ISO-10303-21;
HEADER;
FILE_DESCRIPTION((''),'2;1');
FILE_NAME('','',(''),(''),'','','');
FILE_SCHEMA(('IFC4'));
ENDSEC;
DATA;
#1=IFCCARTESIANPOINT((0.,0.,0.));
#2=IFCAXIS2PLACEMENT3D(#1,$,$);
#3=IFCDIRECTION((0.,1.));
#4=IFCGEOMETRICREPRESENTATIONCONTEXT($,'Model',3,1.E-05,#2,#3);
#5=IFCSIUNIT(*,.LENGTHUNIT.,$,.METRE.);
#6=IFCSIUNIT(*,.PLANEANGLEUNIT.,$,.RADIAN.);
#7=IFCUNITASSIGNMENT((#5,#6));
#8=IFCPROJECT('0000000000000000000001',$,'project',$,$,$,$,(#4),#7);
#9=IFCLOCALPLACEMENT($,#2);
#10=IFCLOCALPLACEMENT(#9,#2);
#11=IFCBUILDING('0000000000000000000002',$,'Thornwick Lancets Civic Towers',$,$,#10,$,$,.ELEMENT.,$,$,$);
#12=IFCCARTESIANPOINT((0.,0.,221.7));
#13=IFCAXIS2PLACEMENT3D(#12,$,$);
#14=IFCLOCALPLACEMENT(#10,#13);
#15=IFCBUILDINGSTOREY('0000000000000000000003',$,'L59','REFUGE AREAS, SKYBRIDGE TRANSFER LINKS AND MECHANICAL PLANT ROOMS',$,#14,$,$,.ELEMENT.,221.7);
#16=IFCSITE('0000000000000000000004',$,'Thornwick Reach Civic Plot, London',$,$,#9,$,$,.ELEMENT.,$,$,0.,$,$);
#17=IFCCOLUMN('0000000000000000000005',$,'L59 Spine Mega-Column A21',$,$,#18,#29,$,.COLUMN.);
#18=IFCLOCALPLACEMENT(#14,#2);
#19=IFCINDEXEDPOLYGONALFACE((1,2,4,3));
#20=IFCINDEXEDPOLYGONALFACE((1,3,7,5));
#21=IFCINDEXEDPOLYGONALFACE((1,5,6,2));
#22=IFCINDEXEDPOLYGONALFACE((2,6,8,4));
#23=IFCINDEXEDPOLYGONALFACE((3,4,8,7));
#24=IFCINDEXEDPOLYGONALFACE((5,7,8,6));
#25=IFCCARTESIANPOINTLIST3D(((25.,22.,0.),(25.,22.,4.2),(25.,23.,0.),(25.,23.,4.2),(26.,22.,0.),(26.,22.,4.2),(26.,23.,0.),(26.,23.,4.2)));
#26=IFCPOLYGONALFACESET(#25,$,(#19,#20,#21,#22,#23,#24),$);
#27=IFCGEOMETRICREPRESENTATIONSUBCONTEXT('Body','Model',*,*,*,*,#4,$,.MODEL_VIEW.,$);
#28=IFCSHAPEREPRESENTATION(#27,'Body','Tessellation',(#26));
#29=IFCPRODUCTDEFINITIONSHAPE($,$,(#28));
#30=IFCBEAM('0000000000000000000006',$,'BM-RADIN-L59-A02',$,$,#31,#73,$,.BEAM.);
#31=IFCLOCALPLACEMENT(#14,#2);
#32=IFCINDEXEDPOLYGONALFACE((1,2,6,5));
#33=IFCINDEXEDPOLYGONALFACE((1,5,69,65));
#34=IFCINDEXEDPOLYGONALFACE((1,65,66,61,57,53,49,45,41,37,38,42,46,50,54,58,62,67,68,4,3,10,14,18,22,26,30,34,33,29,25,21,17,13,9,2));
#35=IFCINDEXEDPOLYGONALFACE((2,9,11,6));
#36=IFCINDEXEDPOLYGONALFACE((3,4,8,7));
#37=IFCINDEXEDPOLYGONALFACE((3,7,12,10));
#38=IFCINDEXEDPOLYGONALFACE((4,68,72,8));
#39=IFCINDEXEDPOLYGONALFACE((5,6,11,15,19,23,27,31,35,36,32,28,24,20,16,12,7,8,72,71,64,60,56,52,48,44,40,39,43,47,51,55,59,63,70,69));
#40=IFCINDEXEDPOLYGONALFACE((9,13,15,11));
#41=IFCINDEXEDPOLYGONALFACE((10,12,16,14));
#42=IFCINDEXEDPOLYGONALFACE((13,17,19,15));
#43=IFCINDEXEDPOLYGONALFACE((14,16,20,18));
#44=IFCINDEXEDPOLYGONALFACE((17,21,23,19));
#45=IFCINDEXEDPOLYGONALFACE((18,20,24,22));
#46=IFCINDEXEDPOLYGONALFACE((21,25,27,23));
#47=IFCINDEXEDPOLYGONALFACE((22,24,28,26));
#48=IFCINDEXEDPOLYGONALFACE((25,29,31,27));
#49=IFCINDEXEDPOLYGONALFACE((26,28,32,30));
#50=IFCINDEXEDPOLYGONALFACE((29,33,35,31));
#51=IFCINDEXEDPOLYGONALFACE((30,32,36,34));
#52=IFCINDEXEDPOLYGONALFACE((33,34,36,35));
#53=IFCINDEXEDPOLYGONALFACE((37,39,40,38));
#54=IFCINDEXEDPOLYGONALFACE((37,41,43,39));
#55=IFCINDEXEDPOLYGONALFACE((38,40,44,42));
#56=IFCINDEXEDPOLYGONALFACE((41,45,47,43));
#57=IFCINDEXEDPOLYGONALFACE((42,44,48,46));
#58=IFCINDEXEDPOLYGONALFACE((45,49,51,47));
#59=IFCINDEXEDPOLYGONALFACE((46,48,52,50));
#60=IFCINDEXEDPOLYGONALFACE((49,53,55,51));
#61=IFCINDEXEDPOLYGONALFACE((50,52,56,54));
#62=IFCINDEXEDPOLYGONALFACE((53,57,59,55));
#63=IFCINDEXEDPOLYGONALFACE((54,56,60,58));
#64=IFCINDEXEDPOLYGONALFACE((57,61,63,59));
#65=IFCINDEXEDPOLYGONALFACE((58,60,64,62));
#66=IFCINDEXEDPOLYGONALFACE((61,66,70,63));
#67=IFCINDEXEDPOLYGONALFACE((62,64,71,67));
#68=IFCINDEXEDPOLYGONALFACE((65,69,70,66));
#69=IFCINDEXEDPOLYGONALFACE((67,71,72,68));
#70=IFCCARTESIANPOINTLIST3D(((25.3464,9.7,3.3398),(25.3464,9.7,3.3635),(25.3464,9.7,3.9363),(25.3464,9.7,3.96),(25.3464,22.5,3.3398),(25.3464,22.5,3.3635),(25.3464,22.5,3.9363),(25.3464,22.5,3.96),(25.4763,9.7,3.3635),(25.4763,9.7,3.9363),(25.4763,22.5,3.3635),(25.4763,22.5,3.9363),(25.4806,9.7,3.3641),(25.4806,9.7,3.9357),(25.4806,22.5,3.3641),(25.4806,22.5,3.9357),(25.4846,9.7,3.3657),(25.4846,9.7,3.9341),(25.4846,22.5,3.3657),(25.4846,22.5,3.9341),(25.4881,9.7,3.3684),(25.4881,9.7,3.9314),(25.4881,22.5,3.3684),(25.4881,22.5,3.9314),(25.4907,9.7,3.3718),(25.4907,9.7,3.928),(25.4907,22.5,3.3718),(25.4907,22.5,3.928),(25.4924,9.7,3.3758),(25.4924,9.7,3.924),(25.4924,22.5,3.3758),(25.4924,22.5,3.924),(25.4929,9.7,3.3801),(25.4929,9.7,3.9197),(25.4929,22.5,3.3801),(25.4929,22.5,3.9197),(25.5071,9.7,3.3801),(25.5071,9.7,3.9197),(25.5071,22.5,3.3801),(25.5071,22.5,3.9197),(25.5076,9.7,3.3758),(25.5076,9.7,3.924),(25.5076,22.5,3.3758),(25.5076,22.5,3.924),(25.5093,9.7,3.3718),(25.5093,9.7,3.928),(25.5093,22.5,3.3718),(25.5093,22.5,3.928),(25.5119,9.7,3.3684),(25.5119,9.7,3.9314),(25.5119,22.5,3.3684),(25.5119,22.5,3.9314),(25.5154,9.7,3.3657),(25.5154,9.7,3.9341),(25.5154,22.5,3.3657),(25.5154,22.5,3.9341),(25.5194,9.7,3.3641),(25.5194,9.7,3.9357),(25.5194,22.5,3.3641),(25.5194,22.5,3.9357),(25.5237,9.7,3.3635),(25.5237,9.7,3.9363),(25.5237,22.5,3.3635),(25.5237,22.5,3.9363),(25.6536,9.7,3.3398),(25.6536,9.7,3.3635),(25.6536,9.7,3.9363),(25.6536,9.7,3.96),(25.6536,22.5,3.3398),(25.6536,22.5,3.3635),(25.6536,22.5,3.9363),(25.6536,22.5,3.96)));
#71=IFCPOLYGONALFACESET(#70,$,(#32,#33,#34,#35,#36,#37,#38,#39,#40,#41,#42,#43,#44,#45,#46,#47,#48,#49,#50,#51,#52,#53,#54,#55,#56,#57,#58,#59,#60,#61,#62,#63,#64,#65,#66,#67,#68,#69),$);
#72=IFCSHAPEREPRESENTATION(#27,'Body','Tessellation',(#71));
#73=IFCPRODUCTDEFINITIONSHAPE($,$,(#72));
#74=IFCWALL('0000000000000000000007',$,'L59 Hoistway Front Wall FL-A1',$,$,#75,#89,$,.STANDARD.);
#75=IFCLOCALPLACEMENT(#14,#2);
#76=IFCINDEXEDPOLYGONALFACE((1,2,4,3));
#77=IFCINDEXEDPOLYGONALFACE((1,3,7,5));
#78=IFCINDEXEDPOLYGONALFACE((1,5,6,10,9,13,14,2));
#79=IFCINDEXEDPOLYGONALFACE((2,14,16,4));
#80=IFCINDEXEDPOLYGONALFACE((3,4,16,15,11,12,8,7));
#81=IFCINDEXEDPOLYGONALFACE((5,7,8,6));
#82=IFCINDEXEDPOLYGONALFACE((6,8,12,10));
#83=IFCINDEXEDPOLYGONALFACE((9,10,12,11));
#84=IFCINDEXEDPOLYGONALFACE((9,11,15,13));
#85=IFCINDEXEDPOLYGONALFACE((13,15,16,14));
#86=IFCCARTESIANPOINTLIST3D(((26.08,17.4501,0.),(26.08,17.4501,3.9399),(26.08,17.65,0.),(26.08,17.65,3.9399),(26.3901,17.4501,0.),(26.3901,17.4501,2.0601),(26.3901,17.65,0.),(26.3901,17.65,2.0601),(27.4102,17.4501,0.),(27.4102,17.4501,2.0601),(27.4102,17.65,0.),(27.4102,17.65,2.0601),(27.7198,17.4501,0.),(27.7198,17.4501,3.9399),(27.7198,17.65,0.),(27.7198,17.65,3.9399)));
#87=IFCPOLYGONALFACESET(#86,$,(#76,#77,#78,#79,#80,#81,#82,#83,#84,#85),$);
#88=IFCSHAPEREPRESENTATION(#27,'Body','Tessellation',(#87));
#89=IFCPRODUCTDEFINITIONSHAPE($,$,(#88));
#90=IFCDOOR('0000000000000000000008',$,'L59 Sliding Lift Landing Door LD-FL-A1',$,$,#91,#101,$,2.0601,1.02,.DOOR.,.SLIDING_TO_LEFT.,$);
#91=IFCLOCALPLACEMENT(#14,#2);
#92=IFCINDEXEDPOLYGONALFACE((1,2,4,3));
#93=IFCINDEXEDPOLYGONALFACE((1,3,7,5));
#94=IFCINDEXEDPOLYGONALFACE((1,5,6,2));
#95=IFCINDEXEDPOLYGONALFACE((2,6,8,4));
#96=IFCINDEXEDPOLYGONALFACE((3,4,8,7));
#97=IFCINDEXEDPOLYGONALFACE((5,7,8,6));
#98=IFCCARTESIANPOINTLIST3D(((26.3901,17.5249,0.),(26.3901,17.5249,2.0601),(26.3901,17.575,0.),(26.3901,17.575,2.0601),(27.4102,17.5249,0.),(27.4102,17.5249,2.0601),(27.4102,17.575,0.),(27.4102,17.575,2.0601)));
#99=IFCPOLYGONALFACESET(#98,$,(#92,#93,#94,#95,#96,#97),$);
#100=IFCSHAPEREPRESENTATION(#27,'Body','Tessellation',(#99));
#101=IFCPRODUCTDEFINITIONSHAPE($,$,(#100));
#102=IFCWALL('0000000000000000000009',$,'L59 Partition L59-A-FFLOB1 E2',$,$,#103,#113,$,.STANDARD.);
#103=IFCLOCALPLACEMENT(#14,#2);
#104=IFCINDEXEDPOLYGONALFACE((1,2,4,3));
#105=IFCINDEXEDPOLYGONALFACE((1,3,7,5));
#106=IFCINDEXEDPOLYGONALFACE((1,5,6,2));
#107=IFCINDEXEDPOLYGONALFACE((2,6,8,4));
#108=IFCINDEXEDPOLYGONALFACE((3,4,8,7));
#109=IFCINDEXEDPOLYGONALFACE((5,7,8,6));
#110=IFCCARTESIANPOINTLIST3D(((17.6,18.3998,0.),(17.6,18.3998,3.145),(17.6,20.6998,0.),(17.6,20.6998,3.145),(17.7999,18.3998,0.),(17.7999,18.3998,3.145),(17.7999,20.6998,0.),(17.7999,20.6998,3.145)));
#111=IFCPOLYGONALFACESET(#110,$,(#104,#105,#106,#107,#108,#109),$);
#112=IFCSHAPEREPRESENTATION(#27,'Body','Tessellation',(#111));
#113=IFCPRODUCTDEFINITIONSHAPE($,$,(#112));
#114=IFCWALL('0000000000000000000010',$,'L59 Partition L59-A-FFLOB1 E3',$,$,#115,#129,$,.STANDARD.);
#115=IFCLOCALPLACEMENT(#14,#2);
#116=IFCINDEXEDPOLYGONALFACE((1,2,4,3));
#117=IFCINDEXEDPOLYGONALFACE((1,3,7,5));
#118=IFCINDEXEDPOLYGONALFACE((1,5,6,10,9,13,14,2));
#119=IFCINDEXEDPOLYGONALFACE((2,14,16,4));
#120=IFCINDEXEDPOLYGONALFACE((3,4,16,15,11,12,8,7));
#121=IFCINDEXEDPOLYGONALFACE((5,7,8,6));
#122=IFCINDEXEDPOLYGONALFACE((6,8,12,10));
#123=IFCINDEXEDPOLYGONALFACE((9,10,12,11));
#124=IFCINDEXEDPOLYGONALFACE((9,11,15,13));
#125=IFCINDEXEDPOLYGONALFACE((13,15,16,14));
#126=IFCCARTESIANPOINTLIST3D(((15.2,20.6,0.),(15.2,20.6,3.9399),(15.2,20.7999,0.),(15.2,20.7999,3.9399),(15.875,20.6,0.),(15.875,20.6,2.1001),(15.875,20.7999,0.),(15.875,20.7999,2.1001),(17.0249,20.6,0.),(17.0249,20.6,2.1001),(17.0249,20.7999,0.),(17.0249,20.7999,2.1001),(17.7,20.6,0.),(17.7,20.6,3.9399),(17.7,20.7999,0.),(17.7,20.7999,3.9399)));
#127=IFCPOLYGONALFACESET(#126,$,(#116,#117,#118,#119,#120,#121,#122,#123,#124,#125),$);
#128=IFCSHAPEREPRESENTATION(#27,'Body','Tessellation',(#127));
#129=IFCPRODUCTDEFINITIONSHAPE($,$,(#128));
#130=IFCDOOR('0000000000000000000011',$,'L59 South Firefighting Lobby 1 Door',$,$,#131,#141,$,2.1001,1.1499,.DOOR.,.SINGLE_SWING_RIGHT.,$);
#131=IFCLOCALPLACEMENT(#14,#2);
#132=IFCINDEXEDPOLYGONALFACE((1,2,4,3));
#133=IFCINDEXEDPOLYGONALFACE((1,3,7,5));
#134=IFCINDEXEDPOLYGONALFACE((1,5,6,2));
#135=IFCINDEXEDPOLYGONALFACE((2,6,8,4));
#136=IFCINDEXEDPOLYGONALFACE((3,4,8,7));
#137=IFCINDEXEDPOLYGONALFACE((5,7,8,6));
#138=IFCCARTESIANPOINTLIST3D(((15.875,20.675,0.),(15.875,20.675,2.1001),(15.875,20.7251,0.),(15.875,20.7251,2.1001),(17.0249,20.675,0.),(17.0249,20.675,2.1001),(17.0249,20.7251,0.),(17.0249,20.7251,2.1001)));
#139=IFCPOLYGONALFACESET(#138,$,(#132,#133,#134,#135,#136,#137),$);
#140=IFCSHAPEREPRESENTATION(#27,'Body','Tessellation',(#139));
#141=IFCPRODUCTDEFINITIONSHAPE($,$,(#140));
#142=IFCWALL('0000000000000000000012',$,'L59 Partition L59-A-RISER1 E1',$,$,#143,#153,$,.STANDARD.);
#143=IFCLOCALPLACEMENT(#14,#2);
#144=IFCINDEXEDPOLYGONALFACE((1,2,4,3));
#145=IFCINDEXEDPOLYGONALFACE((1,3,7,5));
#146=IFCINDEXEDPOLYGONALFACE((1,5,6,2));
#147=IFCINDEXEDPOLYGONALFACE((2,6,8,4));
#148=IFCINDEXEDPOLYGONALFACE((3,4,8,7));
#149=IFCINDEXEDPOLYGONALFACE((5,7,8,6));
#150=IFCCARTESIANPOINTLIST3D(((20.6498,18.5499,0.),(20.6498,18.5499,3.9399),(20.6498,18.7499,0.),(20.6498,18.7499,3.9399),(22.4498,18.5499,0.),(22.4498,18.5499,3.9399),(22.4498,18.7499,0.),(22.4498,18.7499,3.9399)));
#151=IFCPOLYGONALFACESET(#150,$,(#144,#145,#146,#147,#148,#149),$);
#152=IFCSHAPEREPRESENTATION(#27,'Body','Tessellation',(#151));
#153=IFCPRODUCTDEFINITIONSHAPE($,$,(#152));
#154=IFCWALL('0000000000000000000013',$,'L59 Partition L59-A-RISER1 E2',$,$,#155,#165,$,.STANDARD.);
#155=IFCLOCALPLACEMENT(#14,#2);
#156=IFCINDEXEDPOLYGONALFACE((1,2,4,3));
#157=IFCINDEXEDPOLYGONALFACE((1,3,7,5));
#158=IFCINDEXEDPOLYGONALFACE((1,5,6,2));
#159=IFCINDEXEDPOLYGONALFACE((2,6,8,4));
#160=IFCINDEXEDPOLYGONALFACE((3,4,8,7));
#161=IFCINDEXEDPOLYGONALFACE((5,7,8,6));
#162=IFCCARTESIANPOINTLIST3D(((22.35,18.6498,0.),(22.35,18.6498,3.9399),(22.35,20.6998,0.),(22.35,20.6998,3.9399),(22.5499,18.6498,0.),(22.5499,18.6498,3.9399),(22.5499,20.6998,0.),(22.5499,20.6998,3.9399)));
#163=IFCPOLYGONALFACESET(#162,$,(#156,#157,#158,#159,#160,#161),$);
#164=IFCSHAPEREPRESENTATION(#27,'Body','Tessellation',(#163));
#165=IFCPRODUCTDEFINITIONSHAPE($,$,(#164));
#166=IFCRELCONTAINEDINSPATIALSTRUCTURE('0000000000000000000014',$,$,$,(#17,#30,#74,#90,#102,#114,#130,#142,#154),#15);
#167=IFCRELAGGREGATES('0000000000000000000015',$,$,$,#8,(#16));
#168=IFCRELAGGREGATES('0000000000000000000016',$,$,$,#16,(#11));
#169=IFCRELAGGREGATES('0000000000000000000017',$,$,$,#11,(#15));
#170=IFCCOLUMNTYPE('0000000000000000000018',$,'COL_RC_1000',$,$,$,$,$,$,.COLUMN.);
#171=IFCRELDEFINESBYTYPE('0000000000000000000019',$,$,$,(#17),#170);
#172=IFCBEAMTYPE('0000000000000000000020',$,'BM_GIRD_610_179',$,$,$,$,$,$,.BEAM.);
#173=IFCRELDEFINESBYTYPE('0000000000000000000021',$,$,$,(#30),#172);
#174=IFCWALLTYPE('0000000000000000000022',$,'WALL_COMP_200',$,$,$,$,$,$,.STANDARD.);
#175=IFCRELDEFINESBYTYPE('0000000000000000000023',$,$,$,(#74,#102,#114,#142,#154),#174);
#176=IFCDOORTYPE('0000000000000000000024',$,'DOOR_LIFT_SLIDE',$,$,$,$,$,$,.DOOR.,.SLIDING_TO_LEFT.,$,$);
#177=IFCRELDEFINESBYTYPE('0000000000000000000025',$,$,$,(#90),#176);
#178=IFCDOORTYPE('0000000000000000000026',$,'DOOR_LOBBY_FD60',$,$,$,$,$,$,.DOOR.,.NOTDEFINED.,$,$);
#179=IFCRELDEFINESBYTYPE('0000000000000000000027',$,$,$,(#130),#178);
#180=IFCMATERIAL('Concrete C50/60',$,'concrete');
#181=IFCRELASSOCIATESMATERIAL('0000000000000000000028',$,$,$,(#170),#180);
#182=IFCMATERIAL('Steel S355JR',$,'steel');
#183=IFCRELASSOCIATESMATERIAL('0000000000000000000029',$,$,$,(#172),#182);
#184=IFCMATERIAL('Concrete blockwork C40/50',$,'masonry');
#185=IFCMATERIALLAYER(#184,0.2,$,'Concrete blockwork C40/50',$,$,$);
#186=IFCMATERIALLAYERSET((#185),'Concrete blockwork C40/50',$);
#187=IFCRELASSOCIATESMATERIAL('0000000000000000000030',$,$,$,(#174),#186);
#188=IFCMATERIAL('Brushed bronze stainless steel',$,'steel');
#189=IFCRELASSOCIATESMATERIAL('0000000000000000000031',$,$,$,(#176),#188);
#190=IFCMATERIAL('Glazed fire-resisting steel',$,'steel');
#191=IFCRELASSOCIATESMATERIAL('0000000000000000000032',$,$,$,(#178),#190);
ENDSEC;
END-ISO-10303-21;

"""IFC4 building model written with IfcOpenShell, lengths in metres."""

from ifc_helpers import new_model, si_unit, direction, frame, frame_2d, origin, origin_2d, place, context, subcontext, project, spatial, rectangle, i_section, extrude, material, layer, layer_set, material_profile, profile_set, type_object, element, fill, save


model = new_model("IFC4")

# Units and contexts
model_context = context("Model", 3, precision=1e-05, world=origin(), true_north=direction((0.0, 1.0)))
body_context = subcontext(model_context, "Body", "Model", "MODEL_VIEW")
ifc_project = project(units=[si_unit("LENGTHUNIT", "METRE"), si_unit("PLANEANGLEUNIT", "RADIAN")], contexts=[model_context])

# Site, building, storey
site_placement = place(None, origin())
site = spatial("IfcSite", under=ifc_project, at=site_placement, Name="Thornwick Reach Civic Plot, London", CompositionType="ELEMENT", RefElevation=0.0)
building_placement = place(site_placement, origin())
building = spatial("IfcBuilding", under=site, at=building_placement, Name="Thornwick Lancets Civic Towers", CompositionType="ELEMENT")
storey_placement = place(building_placement, frame((0.0, 0.0, 221.7)))
storey = spatial("IfcBuildingStorey", under=building, at=storey_placement, Name="L59", Description="REFUGE AREAS, SKYBRIDGE TRANSFER LINKS AND MECHANICAL PLANT ROOMS", CompositionType="ELEMENT", Elevation=221.7)

# Column
ifc_material_1 = material(Name="Concrete C50/60", Category="concrete")
ifc_material_profile_1 = material_profile(ifc_material_1, rectangle(XDim=1.0, YDim=1.0, at=origin_2d()), Name="RC 1000x1000")
ifc_profile_set_1 = profile_set([ifc_material_profile_1], Name="Concrete C50/60")
column_type = type_object("IfcColumnType", Name="COL_RC_1000", PredefinedType="COLUMN", material=ifc_profile_set_1)
column_placement = place(storey_placement, frame((25.5, 22.5, 0.0), z_axis=(0.0, 0.0, 1.0), x_axis=(1.0, 0.0, 0.0)))
element("IfcColumn", 1, at=column_placement, inside=storey, type_object=column_type, Name="L59 Spine Mega-Column A21", PredefinedType="COLUMN", context=body_context, shape_type="SweptSolid", body=[
    extrude(rectangle(XDim=1.0, YDim=1.0, at=origin_2d()), origin(), (0.0, 0.0, 1.0), 4.2),
])

# Beam
ifc_material_2 = material(Name="Steel S355JR", Category="steel")
ifc_material_profile_2 = material_profile(ifc_material_2, i_section(OverallWidth=0.3071, OverallDepth=0.6201, WebThickness=0.0142, FlangeThickness=0.0237, FilletRadius=0.0166, at=origin_2d()), Name="UKB 610x305x179")
ifc_profile_set_2 = profile_set([ifc_material_profile_2], Name="Steel S355JR")
beam_type = type_object("IfcBeamType", Name="BM_GIRD_610_179", PredefinedType="BEAM", material=ifc_profile_set_2)
beam_placement = place(storey_placement, frame((25.5, 22.5, 3.6499), z_axis=(0.0, -1.0, 0.0), x_axis=(1.0, 0.0, 0.0)))
element("IfcBeam", 2, at=beam_placement, inside=storey, type_object=beam_type, Name="BM-RADIN-L59-A02", PredefinedType="BEAM", context=body_context, shape_type="SweptSolid", body=[
    extrude(i_section(OverallWidth=0.3071, OverallDepth=0.6201, WebThickness=0.0142, FlangeThickness=0.0237, FilletRadius=0.0166, at=origin_2d()), origin(), (0.0, 0.0, 1.0), 12.8),
])

# Wall, opening, door
ifc_material_3 = material(Name="Concrete blockwork C40/50", Category="masonry")
ifc_layer_1 = layer(ifc_material_3, 0.2, Name="Concrete blockwork C40/50")
ifc_layer_set_1 = layer_set([ifc_layer_1], Name="Concrete blockwork C40/50")
wall_type_1 = type_object("IfcWallType", Name="WALL_COMP_200", PredefinedType="STANDARD", material=ifc_layer_set_1)
wall_1_placement = place(storey_placement, frame((26.0801, 17.55, 0.0), z_axis=(0.0, 0.0, 1.0), x_axis=(1.0, 0.0, 0.0)))
wall_1 = element("IfcWall", 3, at=wall_1_placement, inside=storey, type_object=wall_type_1, Name="L59 Hoistway Front Wall FL-A1", PredefinedType="STANDARD", context=body_context, shape_type="SweptSolid", body=[
    extrude(rectangle(XDim=1.6399, YDim=0.2, at=frame_2d((0.8198, 0.0))), origin(), (0.0, 0.0, 1.0), 3.9399),
])
opening_1_placement = place(wall_1_placement, frame((0.3101, 0.0, 0.0)))
opening_1 = element("IfcOpeningElement", 4, at=opening_1_placement, cuts=wall_1, PredefinedType="OPENING", context=body_context, shape_type="SweptSolid", body=[
    extrude(rectangle(XDim=1.02, YDim=2.0601, at=frame_2d((0.51, 1.03))), frame((0.0, 0.1099, 0.0), z_axis=(0.0, -1.0, 0.0), x_axis=(1.0, 0.0, 0.0)), (0.0, 0.0, 1.0), 0.22),
])
ifc_material_4 = material(Name="Brushed bronze stainless steel", Category="steel")
door_type_1 = type_object("IfcDoorType", Name="DOOR_LIFT_SLIDE", OperationType="SLIDING_TO_LEFT", PredefinedType="DOOR", material=ifc_material_4)
door_1_placement = place(opening_1_placement, origin())
door_1 = element("IfcDoor", 5, at=door_1_placement, inside=storey, type_object=door_type_1, Name="L59 Sliding Lift Landing Door LD-FL-A1", OperationType="SLIDING_TO_LEFT", OverallHeight=2.0601, OverallWidth=1.02, PredefinedType="DOOR", context=body_context, shape_type="SweptSolid", body=[
    extrude(rectangle(XDim=1.02, YDim=2.0601, at=frame_2d((0.51, 1.03))), frame((0.0, 0.0249, 0.0), z_axis=(0.0, -1.0, 0.0), x_axis=(1.0, 0.0, 0.0)), (0.0, 0.0, 1.0), 0.05),
])
fill(opening_1, door_1)

# Wall
wall_2_placement = place(storey_placement, frame((17.7, 18.3999, 0.0), z_axis=(0.0, 0.0, 1.0), x_axis=(0.0, 1.0, 0.0)))
element("IfcWall", 6, at=wall_2_placement, inside=storey, type_object=wall_type_1, Name="L59 Partition L59-A-FFLOB1 E2", PredefinedType="STANDARD", context=body_context, shape_type="SweptSolid", body=[
    extrude(rectangle(XDim=2.3, YDim=0.2, at=frame_2d((1.1499, 0.0))), origin(), (0.0, 0.0, 1.0), 3.145),
])

# Wall, opening, door
wall_3_placement = place(storey_placement, frame((17.7, 20.7, 0.0), z_axis=(0.0, 0.0, 1.0), x_axis=(-1.0, 0.0, 0.0)))
wall_3 = element("IfcWall", 7, at=wall_3_placement, inside=storey, type_object=wall_type_1, Name="L59 Partition L59-A-FFLOB1 E3", PredefinedType="STANDARD", context=body_context, shape_type="SweptSolid", body=[
    extrude(rectangle(XDim=2.5, YDim=0.2, at=frame_2d((1.25, 0.0))), origin(), (0.0, 0.0, 1.0), 3.9399),
])
opening_2_placement = place(wall_3_placement, frame((0.675, 0.0, 0.0)))
opening_2 = element("IfcOpeningElement", 8, at=opening_2_placement, cuts=wall_3, PredefinedType="OPENING", context=body_context, shape_type="SweptSolid", body=[
    extrude(rectangle(XDim=1.1499, YDim=2.1001, at=frame_2d((0.575, 1.05))), frame((0.0, 0.1099, 0.0), z_axis=(0.0, -1.0, 0.0), x_axis=(1.0, 0.0, 0.0)), (0.0, 0.0, 1.0), 0.22),
])
ifc_material_5 = material(Name="Glazed fire-resisting steel", Category="steel")
door_type_2 = type_object("IfcDoorType", Name="DOOR_LOBBY_FD60", OperationType="NOTDEFINED", PredefinedType="DOOR", material=ifc_material_5)
door_2_placement = place(opening_2_placement, origin())
door_2 = element("IfcDoor", 9, at=door_2_placement, inside=storey, type_object=door_type_2, Name="L59 South Firefighting Lobby 1 Door", OperationType="SINGLE_SWING_RIGHT", OverallHeight=2.1001, OverallWidth=1.1499, PredefinedType="DOOR", context=body_context, shape_type="SweptSolid", body=[
    extrude(rectangle(XDim=1.1499, YDim=2.1001, at=frame_2d((0.575, 1.05))), frame((0.0, 0.0249, 0.0), z_axis=(0.0, -1.0, 0.0), x_axis=(1.0, 0.0, 0.0)), (0.0, 0.0, 1.0), 0.05),
])
fill(opening_2, door_2)

# Walls
wall_4_placement = place(storey_placement, frame((20.6499, 18.6499, 0.0), z_axis=(0.0, 0.0, 1.0), x_axis=(1.0, 0.0, 0.0)))
element("IfcWall", 10, at=wall_4_placement, inside=storey, type_object=wall_type_1, Name="L59 Partition L59-A-RISER1 E1", PredefinedType="STANDARD", context=body_context, shape_type="SweptSolid", body=[
    extrude(rectangle(XDim=1.8, YDim=0.2, at=frame_2d((0.8999, 0.0))), origin(), (0.0, 0.0, 1.0), 3.9399),
])
wall_5_placement = place(storey_placement, frame((22.45, 18.6499, 0.0), z_axis=(0.0, 0.0, 1.0), x_axis=(0.0, 1.0, 0.0)))
element("IfcWall", 11, at=wall_5_placement, inside=storey, type_object=wall_type_1, Name="L59 Partition L59-A-RISER1 E2", PredefinedType="STANDARD", context=body_context, shape_type="SweptSolid", body=[
    extrude(rectangle(XDim=2.05, YDim=0.2, at=frame_2d((1.0249, 0.0))), origin(), (0.0, 0.0, 1.0), 3.9399),
])

save(model, "model.ifc")
